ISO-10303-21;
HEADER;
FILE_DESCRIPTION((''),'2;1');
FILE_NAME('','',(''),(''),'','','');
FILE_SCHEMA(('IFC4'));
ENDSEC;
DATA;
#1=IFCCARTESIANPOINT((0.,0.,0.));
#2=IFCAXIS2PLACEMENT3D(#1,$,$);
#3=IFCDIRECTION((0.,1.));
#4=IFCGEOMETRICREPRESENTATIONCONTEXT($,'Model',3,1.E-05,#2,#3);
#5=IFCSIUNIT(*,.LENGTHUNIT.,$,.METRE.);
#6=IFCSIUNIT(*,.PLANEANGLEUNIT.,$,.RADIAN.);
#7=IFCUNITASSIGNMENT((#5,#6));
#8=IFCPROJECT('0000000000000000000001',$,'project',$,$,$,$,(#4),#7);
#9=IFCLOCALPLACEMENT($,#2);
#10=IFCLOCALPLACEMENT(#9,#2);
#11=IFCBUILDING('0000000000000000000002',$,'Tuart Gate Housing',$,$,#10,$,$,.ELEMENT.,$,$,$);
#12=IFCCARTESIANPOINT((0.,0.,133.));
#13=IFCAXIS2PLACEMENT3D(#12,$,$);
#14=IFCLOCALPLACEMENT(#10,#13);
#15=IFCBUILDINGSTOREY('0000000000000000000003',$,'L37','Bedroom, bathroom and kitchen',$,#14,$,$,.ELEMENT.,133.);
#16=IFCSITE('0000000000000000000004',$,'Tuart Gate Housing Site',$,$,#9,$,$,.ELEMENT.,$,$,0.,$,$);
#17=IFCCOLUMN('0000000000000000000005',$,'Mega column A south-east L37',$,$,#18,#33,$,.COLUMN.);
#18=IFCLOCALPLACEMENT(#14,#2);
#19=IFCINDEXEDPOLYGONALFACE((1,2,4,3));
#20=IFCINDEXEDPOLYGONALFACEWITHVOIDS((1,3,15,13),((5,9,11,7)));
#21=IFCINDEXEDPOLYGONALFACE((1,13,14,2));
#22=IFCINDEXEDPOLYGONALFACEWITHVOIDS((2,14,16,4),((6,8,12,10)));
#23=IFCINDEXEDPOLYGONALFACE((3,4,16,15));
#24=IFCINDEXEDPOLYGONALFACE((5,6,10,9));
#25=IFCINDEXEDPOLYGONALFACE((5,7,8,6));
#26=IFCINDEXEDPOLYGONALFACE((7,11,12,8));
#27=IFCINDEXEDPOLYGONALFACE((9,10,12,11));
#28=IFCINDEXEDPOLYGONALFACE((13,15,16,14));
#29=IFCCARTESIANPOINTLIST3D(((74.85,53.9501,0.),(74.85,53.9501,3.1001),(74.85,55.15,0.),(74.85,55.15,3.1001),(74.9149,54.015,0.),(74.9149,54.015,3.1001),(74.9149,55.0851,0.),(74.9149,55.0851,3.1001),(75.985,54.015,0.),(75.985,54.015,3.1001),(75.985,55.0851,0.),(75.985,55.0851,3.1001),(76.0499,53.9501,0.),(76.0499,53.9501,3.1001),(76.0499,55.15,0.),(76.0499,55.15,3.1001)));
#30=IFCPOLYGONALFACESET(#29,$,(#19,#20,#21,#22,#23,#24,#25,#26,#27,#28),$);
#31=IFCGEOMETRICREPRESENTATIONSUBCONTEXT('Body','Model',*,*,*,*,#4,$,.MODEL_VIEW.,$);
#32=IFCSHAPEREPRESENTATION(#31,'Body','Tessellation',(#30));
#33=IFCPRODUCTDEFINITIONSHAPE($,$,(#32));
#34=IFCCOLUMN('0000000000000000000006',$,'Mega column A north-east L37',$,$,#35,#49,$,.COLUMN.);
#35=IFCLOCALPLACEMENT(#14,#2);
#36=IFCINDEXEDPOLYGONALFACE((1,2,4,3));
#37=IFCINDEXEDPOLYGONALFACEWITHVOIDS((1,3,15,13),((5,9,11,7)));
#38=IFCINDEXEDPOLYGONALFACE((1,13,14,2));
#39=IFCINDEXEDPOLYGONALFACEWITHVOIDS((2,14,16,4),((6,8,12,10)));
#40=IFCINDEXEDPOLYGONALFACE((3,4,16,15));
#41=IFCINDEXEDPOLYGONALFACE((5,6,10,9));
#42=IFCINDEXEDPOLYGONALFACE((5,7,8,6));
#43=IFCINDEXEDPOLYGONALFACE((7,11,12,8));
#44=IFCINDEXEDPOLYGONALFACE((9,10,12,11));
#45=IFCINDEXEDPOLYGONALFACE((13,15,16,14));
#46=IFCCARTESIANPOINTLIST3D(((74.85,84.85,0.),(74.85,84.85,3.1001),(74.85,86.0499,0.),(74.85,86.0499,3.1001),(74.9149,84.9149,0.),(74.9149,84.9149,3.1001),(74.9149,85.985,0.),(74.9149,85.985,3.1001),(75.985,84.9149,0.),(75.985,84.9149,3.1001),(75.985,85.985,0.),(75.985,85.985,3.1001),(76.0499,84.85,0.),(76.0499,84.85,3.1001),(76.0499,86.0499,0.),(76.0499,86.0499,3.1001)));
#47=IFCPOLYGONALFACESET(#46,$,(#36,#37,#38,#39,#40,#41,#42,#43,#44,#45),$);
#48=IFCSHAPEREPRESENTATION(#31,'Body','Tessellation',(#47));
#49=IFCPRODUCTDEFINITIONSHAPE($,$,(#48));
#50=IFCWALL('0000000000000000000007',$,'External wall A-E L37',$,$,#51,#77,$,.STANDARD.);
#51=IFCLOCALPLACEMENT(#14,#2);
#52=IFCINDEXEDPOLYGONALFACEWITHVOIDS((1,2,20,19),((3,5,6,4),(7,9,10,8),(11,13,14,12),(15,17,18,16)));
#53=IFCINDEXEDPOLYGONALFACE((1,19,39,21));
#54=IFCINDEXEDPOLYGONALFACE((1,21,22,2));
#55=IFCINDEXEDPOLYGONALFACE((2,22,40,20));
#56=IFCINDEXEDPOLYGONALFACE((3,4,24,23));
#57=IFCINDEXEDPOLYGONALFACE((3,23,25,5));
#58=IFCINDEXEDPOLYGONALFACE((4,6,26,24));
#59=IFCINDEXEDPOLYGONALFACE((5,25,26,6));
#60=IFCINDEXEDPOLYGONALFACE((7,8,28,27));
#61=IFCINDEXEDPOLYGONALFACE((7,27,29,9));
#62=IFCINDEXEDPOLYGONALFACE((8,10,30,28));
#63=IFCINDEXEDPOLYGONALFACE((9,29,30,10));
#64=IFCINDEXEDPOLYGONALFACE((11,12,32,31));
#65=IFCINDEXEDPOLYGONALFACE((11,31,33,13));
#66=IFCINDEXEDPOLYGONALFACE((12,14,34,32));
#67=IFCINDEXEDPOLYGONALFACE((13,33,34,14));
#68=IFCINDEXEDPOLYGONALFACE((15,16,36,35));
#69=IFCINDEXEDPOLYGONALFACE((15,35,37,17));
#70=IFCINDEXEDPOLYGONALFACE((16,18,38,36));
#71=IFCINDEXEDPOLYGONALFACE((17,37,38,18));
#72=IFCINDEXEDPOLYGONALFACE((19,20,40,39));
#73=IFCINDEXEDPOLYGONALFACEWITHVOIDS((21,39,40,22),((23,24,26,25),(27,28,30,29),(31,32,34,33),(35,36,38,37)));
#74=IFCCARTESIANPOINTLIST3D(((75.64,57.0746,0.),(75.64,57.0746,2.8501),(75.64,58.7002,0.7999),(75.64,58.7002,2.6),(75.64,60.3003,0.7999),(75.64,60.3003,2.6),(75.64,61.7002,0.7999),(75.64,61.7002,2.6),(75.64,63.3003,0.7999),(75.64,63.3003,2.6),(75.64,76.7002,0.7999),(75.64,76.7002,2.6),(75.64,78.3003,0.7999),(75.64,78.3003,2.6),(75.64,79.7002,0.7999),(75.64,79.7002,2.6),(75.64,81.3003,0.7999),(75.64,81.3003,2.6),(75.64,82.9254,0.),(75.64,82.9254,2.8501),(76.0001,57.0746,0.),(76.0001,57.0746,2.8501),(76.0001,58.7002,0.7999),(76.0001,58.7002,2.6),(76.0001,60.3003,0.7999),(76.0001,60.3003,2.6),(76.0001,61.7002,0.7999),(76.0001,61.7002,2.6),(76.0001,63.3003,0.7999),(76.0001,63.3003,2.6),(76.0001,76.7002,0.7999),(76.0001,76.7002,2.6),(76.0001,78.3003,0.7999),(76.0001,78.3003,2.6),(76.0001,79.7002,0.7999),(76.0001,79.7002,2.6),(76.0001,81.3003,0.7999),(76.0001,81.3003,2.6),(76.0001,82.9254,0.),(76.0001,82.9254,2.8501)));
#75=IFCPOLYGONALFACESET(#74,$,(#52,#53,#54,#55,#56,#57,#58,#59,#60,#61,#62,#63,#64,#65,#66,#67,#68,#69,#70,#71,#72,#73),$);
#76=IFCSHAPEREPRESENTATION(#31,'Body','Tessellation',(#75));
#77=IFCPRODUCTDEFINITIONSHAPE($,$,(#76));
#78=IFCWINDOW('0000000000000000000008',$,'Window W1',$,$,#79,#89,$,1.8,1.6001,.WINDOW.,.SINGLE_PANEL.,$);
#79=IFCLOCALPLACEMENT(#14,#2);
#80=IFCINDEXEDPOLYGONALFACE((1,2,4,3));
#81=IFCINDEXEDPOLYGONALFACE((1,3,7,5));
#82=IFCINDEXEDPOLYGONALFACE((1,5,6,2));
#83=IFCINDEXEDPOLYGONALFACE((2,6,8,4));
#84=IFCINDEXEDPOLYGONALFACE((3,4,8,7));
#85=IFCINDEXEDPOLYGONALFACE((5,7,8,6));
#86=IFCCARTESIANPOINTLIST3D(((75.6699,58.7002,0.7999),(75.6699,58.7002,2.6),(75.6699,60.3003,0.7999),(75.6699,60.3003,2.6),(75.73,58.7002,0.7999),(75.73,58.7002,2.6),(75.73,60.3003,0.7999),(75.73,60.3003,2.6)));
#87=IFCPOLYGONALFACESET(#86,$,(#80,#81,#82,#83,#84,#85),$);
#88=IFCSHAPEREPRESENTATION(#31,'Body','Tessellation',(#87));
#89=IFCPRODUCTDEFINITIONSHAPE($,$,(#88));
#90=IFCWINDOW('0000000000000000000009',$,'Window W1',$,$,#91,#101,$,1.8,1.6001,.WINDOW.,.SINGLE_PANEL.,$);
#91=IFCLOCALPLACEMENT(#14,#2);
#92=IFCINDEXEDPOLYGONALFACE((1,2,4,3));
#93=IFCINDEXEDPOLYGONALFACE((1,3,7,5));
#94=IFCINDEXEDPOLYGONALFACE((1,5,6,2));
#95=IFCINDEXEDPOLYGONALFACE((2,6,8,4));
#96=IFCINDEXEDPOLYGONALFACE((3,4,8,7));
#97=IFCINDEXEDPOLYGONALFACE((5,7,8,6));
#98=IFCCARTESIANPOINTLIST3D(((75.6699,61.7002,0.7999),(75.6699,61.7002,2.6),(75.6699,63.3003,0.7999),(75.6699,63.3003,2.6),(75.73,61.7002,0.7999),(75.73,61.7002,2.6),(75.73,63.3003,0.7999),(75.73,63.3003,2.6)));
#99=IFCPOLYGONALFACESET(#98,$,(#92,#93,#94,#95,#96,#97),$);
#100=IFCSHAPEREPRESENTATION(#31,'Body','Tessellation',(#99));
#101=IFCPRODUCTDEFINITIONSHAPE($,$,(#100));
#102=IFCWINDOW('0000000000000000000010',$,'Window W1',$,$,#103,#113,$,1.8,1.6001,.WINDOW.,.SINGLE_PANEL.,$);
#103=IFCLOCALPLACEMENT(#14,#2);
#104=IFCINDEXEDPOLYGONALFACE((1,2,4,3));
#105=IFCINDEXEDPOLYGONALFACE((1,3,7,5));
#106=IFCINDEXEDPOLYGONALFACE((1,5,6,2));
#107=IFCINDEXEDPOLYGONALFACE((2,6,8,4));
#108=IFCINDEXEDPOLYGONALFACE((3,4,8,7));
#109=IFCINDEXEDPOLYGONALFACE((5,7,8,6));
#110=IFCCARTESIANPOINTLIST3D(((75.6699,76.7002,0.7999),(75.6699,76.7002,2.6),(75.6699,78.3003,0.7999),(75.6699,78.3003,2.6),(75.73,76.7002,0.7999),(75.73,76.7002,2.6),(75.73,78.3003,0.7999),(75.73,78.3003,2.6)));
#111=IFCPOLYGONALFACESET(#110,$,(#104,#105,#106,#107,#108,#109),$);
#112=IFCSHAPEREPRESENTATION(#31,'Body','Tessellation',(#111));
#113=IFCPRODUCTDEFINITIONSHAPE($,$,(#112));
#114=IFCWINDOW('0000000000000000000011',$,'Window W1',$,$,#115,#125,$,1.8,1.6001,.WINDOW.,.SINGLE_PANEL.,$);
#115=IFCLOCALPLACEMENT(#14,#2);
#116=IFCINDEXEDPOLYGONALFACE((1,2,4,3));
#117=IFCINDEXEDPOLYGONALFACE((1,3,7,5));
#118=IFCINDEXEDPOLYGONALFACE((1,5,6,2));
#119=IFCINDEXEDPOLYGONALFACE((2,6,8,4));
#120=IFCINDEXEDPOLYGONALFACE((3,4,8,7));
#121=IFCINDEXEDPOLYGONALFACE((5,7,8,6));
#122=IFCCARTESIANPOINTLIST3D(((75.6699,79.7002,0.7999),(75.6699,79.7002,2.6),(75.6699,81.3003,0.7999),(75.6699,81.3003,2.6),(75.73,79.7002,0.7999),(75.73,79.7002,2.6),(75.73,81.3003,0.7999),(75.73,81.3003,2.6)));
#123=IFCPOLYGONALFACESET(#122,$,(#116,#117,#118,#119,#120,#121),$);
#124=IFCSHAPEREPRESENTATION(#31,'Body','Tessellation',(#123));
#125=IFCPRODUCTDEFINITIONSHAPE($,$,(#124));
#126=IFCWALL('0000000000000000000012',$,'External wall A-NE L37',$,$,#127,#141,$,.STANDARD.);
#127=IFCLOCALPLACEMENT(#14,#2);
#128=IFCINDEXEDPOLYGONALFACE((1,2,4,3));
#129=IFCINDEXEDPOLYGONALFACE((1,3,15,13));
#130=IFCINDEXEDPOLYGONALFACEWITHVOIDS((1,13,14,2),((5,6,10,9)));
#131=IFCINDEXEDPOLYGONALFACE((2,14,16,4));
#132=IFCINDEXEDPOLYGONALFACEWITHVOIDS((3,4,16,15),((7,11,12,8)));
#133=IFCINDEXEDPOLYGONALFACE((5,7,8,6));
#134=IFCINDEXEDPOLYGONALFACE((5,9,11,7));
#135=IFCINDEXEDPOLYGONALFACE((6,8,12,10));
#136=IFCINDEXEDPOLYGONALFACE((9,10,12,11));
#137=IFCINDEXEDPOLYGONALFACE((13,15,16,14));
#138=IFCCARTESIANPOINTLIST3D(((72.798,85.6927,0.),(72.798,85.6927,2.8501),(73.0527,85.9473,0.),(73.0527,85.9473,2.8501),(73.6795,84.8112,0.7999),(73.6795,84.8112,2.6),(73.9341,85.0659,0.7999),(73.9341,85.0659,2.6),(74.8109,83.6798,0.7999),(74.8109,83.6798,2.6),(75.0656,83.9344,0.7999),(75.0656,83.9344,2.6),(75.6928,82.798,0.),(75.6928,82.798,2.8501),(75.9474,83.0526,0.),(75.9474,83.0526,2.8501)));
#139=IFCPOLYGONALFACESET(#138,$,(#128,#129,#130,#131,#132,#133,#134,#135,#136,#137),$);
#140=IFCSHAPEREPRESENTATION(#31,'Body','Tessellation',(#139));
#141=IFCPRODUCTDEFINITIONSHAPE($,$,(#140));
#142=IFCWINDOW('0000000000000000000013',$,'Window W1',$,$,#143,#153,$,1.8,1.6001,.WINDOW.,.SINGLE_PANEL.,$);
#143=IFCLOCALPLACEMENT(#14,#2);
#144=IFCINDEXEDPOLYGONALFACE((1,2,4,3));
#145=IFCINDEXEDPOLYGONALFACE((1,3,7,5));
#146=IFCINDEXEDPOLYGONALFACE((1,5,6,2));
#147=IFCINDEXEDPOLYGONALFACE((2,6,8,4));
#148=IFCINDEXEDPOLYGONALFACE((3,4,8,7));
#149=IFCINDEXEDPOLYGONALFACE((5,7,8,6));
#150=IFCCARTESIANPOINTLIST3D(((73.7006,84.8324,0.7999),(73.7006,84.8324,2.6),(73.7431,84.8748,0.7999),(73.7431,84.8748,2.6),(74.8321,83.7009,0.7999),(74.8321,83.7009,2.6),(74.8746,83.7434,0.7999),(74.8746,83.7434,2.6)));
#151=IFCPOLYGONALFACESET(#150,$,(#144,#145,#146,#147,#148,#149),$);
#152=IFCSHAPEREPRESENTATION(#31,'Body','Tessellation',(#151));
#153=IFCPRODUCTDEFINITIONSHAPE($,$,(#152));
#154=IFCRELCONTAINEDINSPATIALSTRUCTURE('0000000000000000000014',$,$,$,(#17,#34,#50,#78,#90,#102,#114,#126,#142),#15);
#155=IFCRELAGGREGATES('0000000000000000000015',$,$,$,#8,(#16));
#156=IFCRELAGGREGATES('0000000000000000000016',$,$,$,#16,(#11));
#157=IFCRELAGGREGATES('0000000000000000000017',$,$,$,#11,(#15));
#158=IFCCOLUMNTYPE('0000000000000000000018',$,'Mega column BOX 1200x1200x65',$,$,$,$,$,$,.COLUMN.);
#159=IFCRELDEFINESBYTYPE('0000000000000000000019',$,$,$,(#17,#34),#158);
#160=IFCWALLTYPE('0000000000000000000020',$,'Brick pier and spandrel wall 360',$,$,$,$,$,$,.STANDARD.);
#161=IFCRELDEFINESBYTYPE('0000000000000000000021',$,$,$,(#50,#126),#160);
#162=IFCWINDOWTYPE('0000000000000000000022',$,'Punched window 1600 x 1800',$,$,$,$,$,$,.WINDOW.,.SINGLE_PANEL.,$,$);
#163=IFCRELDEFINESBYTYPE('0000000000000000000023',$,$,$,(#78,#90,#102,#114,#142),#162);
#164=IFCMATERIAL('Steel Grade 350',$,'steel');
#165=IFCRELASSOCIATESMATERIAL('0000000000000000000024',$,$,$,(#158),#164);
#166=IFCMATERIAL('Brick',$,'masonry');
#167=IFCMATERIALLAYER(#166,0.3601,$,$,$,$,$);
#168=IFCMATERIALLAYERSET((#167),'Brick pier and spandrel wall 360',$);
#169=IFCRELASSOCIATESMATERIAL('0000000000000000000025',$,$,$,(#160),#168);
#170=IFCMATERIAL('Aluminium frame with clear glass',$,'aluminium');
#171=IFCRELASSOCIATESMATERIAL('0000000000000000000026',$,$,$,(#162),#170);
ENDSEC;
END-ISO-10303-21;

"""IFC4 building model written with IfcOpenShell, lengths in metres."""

from ifc_helpers import new_model, si_unit, direction, frame, frame_2d, origin, origin_2d, place, context, subcontext, project, spatial, rectangle, hollow_rectangle, extrude, material, layer, layer_set, material_profile, profile_set, type_object, element, fill, save


model = new_model("IFC4")

# Units and contexts
model_context = context("Model", 3, precision=1e-05, world=origin(), true_north=direction((0.0, 1.0)))
body_context = subcontext(model_context, "Body", "Model", "MODEL_VIEW")
ifc_project = project(units=[si_unit("LENGTHUNIT", "METRE"), si_unit("PLANEANGLEUNIT", "RADIAN")], contexts=[model_context])

# Site, building, storey
site_placement = place(None, origin())
site = spatial("IfcSite", under=ifc_project, at=site_placement, Name="Tuart Gate Housing Site", CompositionType="ELEMENT", RefElevation=0.0)
building_placement = place(site_placement, origin())
building = spatial("IfcBuilding", under=site, at=building_placement, Name="Tuart Gate Housing", CompositionType="ELEMENT")
storey_placement = place(building_placement, frame((0.0, 0.0, 133.0)))
storey = spatial("IfcBuildingStorey", under=building, at=storey_placement, Name="L37", Description="Bedroom, bathroom and kitchen", CompositionType="ELEMENT", Elevation=133.0)

# Columns
ifc_material_1 = material(Name="Steel Grade 350", Category="steel")
ifc_material_profile = material_profile(ifc_material_1, hollow_rectangle(XDim=1.2, YDim=1.2, WallThickness=0.0649, at=origin_2d()), Name="BOX 1200x1200x65")
ifc_profile_set = profile_set([ifc_material_profile], Name="Steel Grade 350")
column_type = type_object("IfcColumnType", Name="Mega column BOX 1200x1200x65", PredefinedType="COLUMN", material=ifc_profile_set)
for number, where, z_axis, x_axis, name in (
    (1, (75.45, 54.55, 0.0), (0.0, 0.0, 1.0), (1.0, 0.0, 0.0), "Mega column A south-east L37"),
    (2, (75.45, 85.45, 0.0), (0.0, 0.0, 1.0), (1.0, 0.0, 0.0), "Mega column A north-east L37"),
):
    element("IfcColumn", number, at=place(storey_placement, frame(where, z_axis=z_axis, x_axis=x_axis)), inside=storey, type_object=column_type, Name=name, PredefinedType="COLUMN", context=body_context, shape_type="SweptSolid", body=[
        extrude(hollow_rectangle(XDim=1.2, YDim=1.2, WallThickness=0.0649, at=origin_2d()), origin(), (0.0, 0.0, 1.0), 3.1001),
    ])

# Wall, openings, windows
ifc_material_2 = material(Name="Brick", Category="masonry")
ifc_layer_1 = layer(ifc_material_2, 0.3601)
ifc_layer_set_1 = layer_set([ifc_layer_1], Name="Brick pier and spandrel wall 360")
wall_type_1 = type_object("IfcWallType", Name="Brick pier and spandrel wall 360", PredefinedType="STANDARD", material=ifc_layer_set_1)
wall_1_placement = place(storey_placement, frame((75.8201, 57.0747, 0.0), z_axis=(0.0, 0.0, 1.0), x_axis=(0.0, 1.0, 0.0)))
wall_1 = element("IfcWall", 3, at=wall_1_placement, inside=storey, type_object=wall_type_1, Name="External wall A-E L37", PredefinedType="STANDARD", context=body_context, shape_type="SweptSolid", body=[
    extrude(rectangle(XDim=25.8508, YDim=0.3601, at=frame_2d((12.9253, 0.0))), origin(), (0.0, 0.0, 1.0), 2.8501),
])
opening_1_placement = place(wall_1_placement, frame((1.6255, 0.0, 0.8)))
opening_1 = element("IfcOpeningElement", 4, at=opening_1_placement, cuts=wall_1, PredefinedType="OPENING", context=body_context, shape_type="SweptSolid", body=[
    extrude(rectangle(XDim=1.6001, YDim=1.8, at=frame_2d((0.8, 0.8999))), frame((0.0, 0.1899, 0.0), z_axis=(0.0, -1.0, 0.0), x_axis=(1.0, 0.0, 0.0)), (0.0, 0.0, 1.0), 0.3801),
])
opening_2_placement = place(wall_1_placement, frame((4.6255, 0.0, 0.8)))
opening_2 = element("IfcOpeningElement", 5, at=opening_2_placement, cuts=wall_1, PredefinedType="OPENING", context=body_context, shape_type="SweptSolid", body=[
    extrude(rectangle(XDim=1.6001, YDim=1.8, at=frame_2d((0.8, 0.8999))), frame((0.0, 0.1899, 0.0), z_axis=(0.0, -1.0, 0.0), x_axis=(1.0, 0.0, 0.0)), (0.0, 0.0, 1.0), 0.3801),
])
opening_3_placement = place(wall_1_placement, frame((19.6255, 0.0, 0.8)))
opening_3 = element("IfcOpeningElement", 6, at=opening_3_placement, cuts=wall_1, PredefinedType="OPENING", context=body_context, shape_type="SweptSolid", body=[
    extrude(rectangle(XDim=1.6001, YDim=1.8, at=frame_2d((0.8, 0.8999))), frame((0.0, 0.1899, 0.0), z_axis=(0.0, -1.0, 0.0), x_axis=(1.0, 0.0, 0.0)), (0.0, 0.0, 1.0), 0.3801),
])
opening_4_placement = place(wall_1_placement, frame((22.6255, 0.0, 0.8)))
opening_4 = element("IfcOpeningElement", 7, at=opening_4_placement, cuts=wall_1, PredefinedType="OPENING", context=body_context, shape_type="SweptSolid", body=[
    extrude(rectangle(XDim=1.6001, YDim=1.8, at=frame_2d((0.8, 0.8999))), frame((0.0, 0.1899, 0.0), z_axis=(0.0, -1.0, 0.0), x_axis=(1.0, 0.0, 0.0)), (0.0, 0.0, 1.0), 0.3801),
])
ifc_material_3 = material(Name="Aluminium frame with clear glass", Category="aluminium")
window_type = type_object("IfcWindowType", Name="Punched window 1600 x 1800", PartitioningType="SINGLE_PANEL", PredefinedType="WINDOW", material=ifc_material_3)
window_1_placement = place(opening_1_placement, origin())
window_1 = element("IfcWindow", 8, at=window_1_placement, inside=storey, type_object=window_type, Name="Window W1", OverallHeight=1.8, OverallWidth=1.6001, PartitioningType="SINGLE_PANEL", PredefinedType="WINDOW", context=body_context, shape_type="SweptSolid", body=[
    extrude(rectangle(XDim=1.6001, YDim=1.8, at=frame_2d((0.8, 0.8999))), frame((0.0, 0.1501, 0.0), z_axis=(0.0, -1.0, 0.0), x_axis=(1.0, 0.0, 0.0)), (0.0, 0.0, 1.0), 0.0601),
])
fill(opening_1, window_1)
window_2_placement = place(opening_2_placement, origin())
window_2 = element("IfcWindow", 9, at=window_2_placement, inside=storey, type_object=window_type, Name="Window W1", OverallHeight=1.8, OverallWidth=1.6001, PartitioningType="SINGLE_PANEL", PredefinedType="WINDOW", context=body_context, shape_type="SweptSolid", body=[
    extrude(rectangle(XDim=1.6001, YDim=1.8, at=frame_2d((0.8, 0.8999))), frame((0.0, 0.1501, 0.0), z_axis=(0.0, -1.0, 0.0), x_axis=(1.0, 0.0, 0.0)), (0.0, 0.0, 1.0), 0.0601),
])
fill(opening_2, window_2)
window_3_placement = place(opening_3_placement, origin())
window_3 = element("IfcWindow", 10, at=window_3_placement, inside=storey, type_object=window_type, Name="Window W1", OverallHeight=1.8, OverallWidth=1.6001, PartitioningType="SINGLE_PANEL", PredefinedType="WINDOW", context=body_context, shape_type="SweptSolid", body=[
    extrude(rectangle(XDim=1.6001, YDim=1.8, at=frame_2d((0.8, 0.8999))), frame((0.0, 0.1501, 0.0), z_axis=(0.0, -1.0, 0.0), x_axis=(1.0, 0.0, 0.0)), (0.0, 0.0, 1.0), 0.0601),
])
fill(opening_3, window_3)
window_4_placement = place(opening_4_placement, origin())
window_4 = element("IfcWindow", 11, at=window_4_placement, inside=storey, type_object=window_type, Name="Window W1", OverallHeight=1.8, OverallWidth=1.6001, PartitioningType="SINGLE_PANEL", PredefinedType="WINDOW", context=body_context, shape_type="SweptSolid", body=[
    extrude(rectangle(XDim=1.6001, YDim=1.8, at=frame_2d((0.8, 0.8999))), frame((0.0, 0.1501, 0.0), z_axis=(0.0, -1.0, 0.0), x_axis=(1.0, 0.0, 0.0)), (0.0, 0.0, 1.0), 0.0601),
])
fill(opening_4, window_4)

# Wall, opening, window
wall_2_placement = place(storey_placement, frame((75.8201, 82.9253, 0.0), z_axis=(0.0, 0.0, 1.0), x_axis=(-0.707107, 0.707107, 0.0)))
wall_2 = element("IfcWall", 12, at=wall_2_placement, inside=storey, type_object=wall_type_1, Name="External wall A-NE L37", PredefinedType="STANDARD", context=body_context, shape_type="SweptSolid", body=[
    extrude(rectangle(XDim=4.0938, YDim=0.3601, at=frame_2d((2.0469, 0.0))), origin(), (0.0, 0.0, 1.0), 2.8501),
])
opening_5_placement = place(wall_2_placement, frame((1.2471, 0.0, 0.8)))
opening_5 = element("IfcOpeningElement", 13, at=opening_5_placement, cuts=wall_2, PredefinedType="OPENING", context=body_context, shape_type="SweptSolid", body=[
    extrude(rectangle(XDim=1.6001, YDim=1.8, at=frame_2d((0.8, 0.8999))), frame((0.0, 0.1899, 0.0), z_axis=(0.0, -1.0, 0.0), x_axis=(1.0, 0.0, 0.0)), (0.0, 0.0, 1.0), 0.3801),
])
window_5_placement = place(opening_5_placement, origin())
window_5 = element("IfcWindow", 14, at=window_5_placement, inside=storey, type_object=window_type, Name="Window W1", OverallHeight=1.8, OverallWidth=1.6001, PartitioningType="SINGLE_PANEL", PredefinedType="WINDOW", context=body_context, shape_type="SweptSolid", body=[
    extrude(rectangle(XDim=1.6001, YDim=1.8, at=frame_2d((0.8, 0.8999))), frame((0.0, 0.1501, 0.0), z_axis=(0.0, -1.0, 0.0), x_axis=(1.0, 0.0, 0.0)), (0.0, 0.0, 1.0), 0.0601),
])
fill(opening_5, window_5)

save(model, "model.ifc")
